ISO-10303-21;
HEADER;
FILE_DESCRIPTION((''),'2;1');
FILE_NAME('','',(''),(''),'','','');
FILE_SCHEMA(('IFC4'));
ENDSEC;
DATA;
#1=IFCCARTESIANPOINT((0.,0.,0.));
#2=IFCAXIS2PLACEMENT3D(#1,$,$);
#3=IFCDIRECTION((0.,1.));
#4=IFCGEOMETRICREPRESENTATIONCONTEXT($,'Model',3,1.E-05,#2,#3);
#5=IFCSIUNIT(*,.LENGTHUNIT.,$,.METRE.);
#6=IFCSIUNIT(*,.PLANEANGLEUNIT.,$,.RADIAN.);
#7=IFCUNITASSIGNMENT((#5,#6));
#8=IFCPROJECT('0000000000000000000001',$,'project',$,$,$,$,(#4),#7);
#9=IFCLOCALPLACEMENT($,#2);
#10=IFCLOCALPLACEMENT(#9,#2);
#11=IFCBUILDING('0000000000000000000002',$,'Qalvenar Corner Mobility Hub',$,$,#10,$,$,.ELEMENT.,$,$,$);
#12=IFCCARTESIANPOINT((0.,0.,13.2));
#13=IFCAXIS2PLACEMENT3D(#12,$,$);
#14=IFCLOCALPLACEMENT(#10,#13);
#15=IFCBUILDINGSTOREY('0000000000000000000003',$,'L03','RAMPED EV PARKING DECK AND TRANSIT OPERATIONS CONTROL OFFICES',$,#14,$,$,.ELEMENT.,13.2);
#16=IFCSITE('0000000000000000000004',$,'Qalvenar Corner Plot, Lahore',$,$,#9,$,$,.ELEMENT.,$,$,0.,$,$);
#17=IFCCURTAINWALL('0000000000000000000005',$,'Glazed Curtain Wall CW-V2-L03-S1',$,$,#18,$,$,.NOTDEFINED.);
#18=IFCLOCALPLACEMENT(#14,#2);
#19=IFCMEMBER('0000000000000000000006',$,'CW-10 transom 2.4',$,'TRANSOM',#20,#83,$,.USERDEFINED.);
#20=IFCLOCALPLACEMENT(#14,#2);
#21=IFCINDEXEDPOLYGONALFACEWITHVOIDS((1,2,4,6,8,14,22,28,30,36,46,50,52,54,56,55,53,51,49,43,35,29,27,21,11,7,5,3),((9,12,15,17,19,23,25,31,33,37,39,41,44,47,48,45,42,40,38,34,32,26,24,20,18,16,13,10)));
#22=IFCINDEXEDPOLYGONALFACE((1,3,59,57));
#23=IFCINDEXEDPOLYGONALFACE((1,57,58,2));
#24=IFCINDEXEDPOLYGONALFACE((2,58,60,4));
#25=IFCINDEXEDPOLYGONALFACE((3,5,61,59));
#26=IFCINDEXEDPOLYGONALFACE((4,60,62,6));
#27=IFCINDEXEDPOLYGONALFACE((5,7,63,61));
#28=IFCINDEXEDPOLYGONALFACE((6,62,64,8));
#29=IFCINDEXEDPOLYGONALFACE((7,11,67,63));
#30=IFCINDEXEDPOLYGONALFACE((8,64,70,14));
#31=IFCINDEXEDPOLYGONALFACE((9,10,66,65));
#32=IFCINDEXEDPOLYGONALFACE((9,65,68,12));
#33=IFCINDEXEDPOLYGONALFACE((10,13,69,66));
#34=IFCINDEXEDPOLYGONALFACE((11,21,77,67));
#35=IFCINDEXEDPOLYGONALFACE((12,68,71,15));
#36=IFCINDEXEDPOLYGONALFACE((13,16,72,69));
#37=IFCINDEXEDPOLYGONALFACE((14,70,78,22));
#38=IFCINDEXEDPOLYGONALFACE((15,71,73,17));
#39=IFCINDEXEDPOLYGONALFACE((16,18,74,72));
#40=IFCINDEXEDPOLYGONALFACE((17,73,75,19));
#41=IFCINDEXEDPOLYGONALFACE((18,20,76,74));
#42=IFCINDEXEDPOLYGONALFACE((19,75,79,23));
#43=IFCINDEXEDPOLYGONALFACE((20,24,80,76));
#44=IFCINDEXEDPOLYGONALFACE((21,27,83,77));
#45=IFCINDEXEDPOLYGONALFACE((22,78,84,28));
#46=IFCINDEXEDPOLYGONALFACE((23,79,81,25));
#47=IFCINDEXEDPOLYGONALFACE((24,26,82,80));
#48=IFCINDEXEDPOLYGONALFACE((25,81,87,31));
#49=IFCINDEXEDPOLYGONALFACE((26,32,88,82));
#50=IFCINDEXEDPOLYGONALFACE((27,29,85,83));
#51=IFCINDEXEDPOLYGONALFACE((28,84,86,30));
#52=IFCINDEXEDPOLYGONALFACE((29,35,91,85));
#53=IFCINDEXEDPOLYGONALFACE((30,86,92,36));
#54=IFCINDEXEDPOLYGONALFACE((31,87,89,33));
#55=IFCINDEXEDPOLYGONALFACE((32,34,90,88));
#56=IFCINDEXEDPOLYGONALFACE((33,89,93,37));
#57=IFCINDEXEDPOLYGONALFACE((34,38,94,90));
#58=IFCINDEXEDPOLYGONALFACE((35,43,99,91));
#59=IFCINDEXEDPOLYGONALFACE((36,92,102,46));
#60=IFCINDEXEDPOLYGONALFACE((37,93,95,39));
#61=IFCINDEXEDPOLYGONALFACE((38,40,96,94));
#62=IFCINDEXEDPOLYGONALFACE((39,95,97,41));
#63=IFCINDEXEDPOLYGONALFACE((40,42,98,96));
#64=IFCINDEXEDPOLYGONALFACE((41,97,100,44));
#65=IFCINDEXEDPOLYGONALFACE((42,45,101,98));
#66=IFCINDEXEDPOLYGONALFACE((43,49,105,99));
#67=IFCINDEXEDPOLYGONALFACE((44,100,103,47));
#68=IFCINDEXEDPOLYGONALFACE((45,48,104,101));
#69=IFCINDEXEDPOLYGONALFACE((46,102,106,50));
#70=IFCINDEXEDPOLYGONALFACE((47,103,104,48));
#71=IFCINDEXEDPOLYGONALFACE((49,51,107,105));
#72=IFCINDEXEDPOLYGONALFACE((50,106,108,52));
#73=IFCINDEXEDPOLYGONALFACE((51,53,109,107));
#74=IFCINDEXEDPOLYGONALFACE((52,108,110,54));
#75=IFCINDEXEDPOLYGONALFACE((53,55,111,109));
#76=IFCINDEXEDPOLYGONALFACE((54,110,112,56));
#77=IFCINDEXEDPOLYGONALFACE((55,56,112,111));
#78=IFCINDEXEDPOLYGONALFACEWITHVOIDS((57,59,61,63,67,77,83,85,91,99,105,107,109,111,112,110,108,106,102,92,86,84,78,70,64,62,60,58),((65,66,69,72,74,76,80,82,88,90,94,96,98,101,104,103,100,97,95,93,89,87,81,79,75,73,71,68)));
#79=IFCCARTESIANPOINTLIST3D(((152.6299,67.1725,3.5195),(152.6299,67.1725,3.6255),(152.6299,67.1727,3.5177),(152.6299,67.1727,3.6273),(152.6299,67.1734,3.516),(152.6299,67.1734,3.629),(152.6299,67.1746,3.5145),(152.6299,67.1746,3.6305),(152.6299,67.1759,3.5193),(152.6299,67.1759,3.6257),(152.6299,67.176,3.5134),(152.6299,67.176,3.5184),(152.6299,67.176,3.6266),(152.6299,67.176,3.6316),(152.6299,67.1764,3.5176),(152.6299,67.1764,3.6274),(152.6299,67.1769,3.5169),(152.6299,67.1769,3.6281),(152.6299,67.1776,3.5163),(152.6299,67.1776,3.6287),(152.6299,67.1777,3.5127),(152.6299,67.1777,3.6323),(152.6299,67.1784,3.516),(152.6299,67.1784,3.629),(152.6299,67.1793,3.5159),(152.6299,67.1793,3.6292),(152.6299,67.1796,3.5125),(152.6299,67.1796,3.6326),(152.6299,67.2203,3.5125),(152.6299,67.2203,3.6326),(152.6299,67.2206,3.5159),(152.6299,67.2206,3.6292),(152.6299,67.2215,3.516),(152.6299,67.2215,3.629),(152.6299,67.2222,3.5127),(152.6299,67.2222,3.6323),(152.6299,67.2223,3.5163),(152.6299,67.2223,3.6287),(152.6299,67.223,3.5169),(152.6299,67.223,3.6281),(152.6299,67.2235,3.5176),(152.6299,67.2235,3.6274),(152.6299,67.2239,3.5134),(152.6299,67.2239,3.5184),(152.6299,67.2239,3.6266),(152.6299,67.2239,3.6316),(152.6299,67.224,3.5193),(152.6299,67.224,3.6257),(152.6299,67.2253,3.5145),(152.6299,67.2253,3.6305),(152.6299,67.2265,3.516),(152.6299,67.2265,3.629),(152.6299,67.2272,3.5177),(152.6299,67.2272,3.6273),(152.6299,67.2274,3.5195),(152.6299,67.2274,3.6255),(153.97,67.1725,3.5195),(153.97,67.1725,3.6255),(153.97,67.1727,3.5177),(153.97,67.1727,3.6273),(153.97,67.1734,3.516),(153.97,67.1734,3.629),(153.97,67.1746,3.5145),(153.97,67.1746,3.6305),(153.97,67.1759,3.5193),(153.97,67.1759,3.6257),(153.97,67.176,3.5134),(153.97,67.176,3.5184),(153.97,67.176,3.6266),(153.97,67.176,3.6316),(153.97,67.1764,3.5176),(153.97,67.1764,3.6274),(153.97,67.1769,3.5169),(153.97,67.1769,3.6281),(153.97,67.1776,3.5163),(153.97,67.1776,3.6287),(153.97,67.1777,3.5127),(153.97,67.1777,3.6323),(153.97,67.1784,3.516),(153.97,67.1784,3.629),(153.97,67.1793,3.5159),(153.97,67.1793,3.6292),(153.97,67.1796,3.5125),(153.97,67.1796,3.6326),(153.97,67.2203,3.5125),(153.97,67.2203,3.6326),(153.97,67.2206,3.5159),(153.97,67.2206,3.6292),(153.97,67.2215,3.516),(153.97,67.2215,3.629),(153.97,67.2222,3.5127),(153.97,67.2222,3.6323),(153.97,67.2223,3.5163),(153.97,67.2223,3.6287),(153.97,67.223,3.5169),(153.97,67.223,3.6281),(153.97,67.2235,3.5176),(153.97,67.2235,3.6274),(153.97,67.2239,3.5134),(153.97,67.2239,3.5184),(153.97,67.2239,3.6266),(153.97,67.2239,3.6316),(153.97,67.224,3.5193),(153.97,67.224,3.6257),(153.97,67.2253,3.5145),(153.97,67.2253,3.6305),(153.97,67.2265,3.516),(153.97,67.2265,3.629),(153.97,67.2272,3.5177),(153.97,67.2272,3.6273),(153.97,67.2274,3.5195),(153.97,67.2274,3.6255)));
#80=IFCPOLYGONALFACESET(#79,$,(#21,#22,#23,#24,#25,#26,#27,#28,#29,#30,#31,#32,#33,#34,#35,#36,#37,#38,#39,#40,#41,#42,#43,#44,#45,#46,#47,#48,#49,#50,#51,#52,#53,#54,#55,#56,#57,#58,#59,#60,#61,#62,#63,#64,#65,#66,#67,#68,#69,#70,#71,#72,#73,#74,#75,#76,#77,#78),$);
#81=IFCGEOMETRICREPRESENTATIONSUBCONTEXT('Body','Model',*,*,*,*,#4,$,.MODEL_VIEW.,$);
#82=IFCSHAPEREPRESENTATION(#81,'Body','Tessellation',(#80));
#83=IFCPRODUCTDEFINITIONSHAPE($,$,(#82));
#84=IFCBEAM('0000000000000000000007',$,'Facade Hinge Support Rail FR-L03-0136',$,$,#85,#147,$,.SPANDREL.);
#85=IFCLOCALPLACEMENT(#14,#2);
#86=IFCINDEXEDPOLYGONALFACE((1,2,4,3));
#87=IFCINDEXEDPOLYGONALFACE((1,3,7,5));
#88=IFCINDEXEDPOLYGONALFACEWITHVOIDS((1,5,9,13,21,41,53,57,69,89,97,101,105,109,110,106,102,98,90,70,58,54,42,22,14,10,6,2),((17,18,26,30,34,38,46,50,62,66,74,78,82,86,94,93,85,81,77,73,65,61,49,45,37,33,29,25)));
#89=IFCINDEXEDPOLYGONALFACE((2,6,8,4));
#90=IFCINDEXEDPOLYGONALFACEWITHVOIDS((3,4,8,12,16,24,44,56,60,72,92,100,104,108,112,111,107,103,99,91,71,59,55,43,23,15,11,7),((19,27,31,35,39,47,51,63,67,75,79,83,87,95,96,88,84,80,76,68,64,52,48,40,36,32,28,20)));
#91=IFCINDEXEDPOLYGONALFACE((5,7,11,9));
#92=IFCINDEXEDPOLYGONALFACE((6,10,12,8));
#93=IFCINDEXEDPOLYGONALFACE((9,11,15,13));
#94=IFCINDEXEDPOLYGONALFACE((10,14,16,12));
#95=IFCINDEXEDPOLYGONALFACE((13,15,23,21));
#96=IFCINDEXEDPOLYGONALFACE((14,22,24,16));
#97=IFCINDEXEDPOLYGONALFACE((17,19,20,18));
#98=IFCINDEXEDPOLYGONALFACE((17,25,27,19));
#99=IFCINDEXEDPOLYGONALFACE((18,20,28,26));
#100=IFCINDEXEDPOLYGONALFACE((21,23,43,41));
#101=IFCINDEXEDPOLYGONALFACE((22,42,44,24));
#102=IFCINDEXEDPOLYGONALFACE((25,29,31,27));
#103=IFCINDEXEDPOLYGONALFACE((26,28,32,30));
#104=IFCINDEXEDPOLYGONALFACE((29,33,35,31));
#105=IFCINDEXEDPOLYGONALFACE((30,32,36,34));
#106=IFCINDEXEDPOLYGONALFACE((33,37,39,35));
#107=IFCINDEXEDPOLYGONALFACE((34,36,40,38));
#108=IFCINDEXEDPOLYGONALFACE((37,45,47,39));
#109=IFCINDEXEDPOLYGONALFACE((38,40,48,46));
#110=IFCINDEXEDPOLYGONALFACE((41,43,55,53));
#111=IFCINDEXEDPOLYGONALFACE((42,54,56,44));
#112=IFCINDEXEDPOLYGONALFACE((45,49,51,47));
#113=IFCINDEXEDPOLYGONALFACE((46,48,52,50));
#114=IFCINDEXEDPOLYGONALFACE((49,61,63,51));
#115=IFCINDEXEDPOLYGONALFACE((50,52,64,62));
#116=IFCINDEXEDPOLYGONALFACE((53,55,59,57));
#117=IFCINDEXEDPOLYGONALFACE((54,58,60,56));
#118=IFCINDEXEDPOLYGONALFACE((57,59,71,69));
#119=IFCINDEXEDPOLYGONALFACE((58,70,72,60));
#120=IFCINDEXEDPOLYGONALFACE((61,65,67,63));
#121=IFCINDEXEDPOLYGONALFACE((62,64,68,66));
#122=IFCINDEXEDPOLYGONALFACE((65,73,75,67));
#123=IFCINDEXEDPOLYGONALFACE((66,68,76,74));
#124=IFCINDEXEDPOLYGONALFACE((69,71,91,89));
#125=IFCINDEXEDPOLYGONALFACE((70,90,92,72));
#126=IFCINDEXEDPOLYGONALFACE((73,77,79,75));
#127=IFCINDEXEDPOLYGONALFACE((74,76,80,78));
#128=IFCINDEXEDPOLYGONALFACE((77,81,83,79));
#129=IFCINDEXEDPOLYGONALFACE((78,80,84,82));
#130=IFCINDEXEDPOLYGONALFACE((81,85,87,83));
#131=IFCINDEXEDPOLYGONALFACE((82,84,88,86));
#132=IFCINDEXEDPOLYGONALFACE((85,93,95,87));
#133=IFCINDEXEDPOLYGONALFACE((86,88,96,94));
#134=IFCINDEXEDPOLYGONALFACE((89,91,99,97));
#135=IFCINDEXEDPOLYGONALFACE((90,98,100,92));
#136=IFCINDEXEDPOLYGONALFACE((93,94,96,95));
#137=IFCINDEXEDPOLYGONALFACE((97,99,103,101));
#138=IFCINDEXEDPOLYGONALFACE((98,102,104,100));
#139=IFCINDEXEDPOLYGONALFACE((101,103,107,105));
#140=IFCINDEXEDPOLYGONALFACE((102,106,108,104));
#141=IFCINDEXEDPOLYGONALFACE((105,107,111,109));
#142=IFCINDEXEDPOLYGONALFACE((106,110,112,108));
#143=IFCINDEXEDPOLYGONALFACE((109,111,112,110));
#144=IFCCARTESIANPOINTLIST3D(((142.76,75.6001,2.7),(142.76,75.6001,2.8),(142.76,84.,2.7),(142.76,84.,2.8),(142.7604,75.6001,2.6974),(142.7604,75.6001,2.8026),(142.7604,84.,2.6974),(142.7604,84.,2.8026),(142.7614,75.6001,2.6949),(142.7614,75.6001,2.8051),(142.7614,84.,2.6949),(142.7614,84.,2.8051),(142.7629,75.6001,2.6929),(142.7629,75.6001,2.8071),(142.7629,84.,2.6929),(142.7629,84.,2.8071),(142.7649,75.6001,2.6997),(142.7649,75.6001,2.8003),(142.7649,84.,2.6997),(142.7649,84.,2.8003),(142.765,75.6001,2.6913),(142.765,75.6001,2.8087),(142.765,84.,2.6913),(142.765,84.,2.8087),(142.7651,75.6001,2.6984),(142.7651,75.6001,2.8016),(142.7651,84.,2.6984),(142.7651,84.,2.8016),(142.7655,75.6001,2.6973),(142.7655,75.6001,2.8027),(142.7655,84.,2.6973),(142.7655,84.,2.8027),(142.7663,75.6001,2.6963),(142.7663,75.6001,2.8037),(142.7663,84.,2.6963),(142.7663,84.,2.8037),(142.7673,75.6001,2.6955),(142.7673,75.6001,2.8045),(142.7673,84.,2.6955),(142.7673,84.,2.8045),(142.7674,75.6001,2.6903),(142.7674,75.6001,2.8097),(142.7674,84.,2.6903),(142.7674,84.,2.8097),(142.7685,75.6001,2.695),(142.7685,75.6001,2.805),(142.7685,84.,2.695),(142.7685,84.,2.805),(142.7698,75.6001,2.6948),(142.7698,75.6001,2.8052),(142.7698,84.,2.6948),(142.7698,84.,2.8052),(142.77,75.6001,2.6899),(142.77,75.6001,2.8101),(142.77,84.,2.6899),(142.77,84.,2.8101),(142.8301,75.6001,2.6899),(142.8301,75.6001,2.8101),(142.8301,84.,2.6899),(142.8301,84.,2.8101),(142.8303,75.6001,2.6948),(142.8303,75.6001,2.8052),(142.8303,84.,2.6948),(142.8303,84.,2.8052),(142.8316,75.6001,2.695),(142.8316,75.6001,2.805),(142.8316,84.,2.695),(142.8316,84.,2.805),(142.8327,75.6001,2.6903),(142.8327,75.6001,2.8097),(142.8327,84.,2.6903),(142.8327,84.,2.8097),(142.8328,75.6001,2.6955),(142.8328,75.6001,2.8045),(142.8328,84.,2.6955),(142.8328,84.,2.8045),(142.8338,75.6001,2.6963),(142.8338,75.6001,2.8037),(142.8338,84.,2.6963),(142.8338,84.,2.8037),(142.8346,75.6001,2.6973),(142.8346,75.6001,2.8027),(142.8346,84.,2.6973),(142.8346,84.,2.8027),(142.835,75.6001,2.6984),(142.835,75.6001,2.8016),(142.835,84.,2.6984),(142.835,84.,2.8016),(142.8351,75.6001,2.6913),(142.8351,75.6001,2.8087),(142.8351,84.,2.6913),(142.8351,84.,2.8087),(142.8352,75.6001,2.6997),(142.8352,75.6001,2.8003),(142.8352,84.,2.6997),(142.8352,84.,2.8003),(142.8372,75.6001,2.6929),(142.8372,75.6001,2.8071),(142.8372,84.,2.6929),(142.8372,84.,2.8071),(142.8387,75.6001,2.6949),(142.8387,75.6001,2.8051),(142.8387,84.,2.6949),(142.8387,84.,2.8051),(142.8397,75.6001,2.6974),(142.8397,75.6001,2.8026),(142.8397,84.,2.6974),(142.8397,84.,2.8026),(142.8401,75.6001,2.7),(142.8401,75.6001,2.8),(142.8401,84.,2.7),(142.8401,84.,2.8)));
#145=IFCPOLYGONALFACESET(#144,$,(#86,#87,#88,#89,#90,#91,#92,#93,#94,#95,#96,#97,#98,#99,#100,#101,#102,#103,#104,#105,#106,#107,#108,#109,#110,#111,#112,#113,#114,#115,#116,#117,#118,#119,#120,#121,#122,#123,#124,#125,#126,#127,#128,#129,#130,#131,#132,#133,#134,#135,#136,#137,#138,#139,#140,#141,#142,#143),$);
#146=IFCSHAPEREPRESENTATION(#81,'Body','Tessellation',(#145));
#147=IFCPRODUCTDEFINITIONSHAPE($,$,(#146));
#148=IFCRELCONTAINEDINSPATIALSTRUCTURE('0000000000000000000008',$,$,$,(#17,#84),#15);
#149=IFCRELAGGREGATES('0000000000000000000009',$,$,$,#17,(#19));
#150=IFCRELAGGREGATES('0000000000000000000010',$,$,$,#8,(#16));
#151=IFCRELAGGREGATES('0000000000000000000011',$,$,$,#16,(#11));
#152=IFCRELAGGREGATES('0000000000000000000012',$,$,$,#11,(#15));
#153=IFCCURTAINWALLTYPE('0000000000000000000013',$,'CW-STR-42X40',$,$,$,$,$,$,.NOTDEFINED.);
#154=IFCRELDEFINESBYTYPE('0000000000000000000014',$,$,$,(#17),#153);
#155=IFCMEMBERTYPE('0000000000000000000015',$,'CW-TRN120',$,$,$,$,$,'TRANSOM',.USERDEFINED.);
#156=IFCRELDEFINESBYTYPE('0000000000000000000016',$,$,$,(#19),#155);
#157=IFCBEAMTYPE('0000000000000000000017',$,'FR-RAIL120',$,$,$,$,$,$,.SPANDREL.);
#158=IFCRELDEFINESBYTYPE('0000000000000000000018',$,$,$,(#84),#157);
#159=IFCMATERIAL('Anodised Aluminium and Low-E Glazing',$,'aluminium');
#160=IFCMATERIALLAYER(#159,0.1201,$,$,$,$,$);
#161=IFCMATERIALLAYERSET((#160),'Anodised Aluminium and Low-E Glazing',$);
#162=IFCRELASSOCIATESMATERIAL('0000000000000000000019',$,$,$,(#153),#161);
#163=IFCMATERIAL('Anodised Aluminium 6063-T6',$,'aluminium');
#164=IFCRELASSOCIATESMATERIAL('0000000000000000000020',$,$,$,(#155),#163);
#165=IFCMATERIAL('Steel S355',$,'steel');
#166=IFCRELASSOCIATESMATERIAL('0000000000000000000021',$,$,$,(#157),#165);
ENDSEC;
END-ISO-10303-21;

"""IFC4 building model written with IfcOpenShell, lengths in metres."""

from ifc_helpers import new_model, si_unit, direction, frame, origin, origin_2d, place, context, subcontext, project, spatial, hollow_rectangle, extrude, material, layer, layer_set, material_profile, profile_set, type_object, element, aggregate, save


model = new_model("IFC4")

# Units and contexts
model_context = context("Model", 3, precision=1e-05, world=origin(), true_north=direction((0.0, 1.0)))
body_context = subcontext(model_context, "Body", "Model", "MODEL_VIEW")
ifc_project = project(units=[si_unit("LENGTHUNIT", "METRE"), si_unit("PLANEANGLEUNIT", "RADIAN")], contexts=[model_context])

# Site, building, storey
site_placement = place(None, origin())
site = spatial("IfcSite", under=ifc_project, at=site_placement, Name="Qalvenar Corner Plot, Lahore", CompositionType="ELEMENT", RefElevation=0.0)
building_placement = place(site_placement, origin())
building = spatial("IfcBuilding", under=site, at=building_placement, Name="Qalvenar Corner Mobility Hub", CompositionType="ELEMENT")
storey_placement = place(building_placement, frame((0.0, 0.0, 13.2)))
storey = spatial("IfcBuildingStorey", under=building, at=storey_placement, Name="L03", Description="RAMPED EV PARKING DECK AND TRANSIT OPERATIONS CONTROL OFFICES", CompositionType="ELEMENT", Elevation=13.2)

# Shared definitions
ifc_material_1 = material(Name="Steel S355", Category="steel")

# Curtain wall, member
ifc_material_2 = material(Name="Anodised Aluminium and Low-E Glazing", Category="aluminium")
ifc_layer_1 = layer(ifc_material_2, 0.1201)
ifc_layer_set_1 = layer_set([ifc_layer_1], Name="Anodised Aluminium and Low-E Glazing")
curtain_wall_type = type_object("IfcCurtainWallType", Name="CW-STR-42X40", PredefinedType="NOTDEFINED", material=ifc_layer_set_1)
curtain_wall_placement = place(storey_placement, origin())
curtain_wall = element("IfcCurtainWall", 1, at=curtain_wall_placement, inside=storey, type_object=curtain_wall_type, Name="Glazed Curtain Wall CW-V2-L03-S1", PredefinedType="NOTDEFINED")
ifc_material_3 = material(Name="Anodised Aluminium 6063-T6", Category="aluminium")
ifc_material_profile_1 = material_profile(ifc_material_3, hollow_rectangle(XDim=0.0549, YDim=0.1201, WallThickness=0.0034, InnerFilletRadius=0.0034, OuterFilletRadius=0.0071, at=origin_2d()), Name="RHS120x55x3.5")
ifc_profile_set_1 = profile_set([ifc_material_profile_1], Name="Anodised Aluminium 6063-T6")
member_type = type_object("IfcMemberType", Name="CW-TRN120", ElementType="TRANSOM", PredefinedType="USERDEFINED", material=ifc_profile_set_1)
member_1_placement = place(storey_placement, frame((152.6299, 67.2, 3.5725), z_axis=(1.0, 0.0, 0.0), x_axis=(0.0, 1.0, 0.0)))
member_1 = element("IfcMember", 2, at=member_1_placement, type_object=member_type, Name="CW-10 transom 2.4", ObjectType="TRANSOM", PredefinedType="USERDEFINED", context=body_context, shape_type="SweptSolid", body=[
    extrude(hollow_rectangle(XDim=0.0549, YDim=0.1201, WallThickness=0.0034, InnerFilletRadius=0.0034, OuterFilletRadius=0.0071, at=origin_2d()), origin(), (0.0, 0.0, 1.0), 1.3401),
])
aggregate(curtain_wall, [member_1])

# Beam
ifc_material_profile_2 = material_profile(ifc_material_1, hollow_rectangle(XDim=0.0801, YDim=0.1201, WallThickness=0.0049, InnerFilletRadius=0.0049, OuterFilletRadius=0.01, at=origin_2d()), Name="RHS120x80x5")
ifc_profile_set_2 = profile_set([ifc_material_profile_2], Name="Steel S355")
beam_type_1 = type_object("IfcBeamType", Name="FR-RAIL120", PredefinedType="SPANDREL", material=ifc_profile_set_2)
beam_1_placement = place(storey_placement, frame((142.8, 75.6001, 2.75), z_axis=(0.0, 1.0, 0.0), x_axis=(-1.0, 0.0, 0.0)))
element("IfcBeam", 3, at=beam_1_placement, inside=storey, type_object=beam_type_1, Name="Facade Hinge Support Rail FR-L03-0136", PredefinedType="SPANDREL", context=body_context, shape_type="SweptSolid", body=[
    extrude(hollow_rectangle(XDim=0.0801, YDim=0.1201, WallThickness=0.0049, InnerFilletRadius=0.0049, OuterFilletRadius=0.01, at=origin_2d()), origin(), (0.0, 0.0, 1.0), 8.3999),
])

save(model, "model.ifc")
